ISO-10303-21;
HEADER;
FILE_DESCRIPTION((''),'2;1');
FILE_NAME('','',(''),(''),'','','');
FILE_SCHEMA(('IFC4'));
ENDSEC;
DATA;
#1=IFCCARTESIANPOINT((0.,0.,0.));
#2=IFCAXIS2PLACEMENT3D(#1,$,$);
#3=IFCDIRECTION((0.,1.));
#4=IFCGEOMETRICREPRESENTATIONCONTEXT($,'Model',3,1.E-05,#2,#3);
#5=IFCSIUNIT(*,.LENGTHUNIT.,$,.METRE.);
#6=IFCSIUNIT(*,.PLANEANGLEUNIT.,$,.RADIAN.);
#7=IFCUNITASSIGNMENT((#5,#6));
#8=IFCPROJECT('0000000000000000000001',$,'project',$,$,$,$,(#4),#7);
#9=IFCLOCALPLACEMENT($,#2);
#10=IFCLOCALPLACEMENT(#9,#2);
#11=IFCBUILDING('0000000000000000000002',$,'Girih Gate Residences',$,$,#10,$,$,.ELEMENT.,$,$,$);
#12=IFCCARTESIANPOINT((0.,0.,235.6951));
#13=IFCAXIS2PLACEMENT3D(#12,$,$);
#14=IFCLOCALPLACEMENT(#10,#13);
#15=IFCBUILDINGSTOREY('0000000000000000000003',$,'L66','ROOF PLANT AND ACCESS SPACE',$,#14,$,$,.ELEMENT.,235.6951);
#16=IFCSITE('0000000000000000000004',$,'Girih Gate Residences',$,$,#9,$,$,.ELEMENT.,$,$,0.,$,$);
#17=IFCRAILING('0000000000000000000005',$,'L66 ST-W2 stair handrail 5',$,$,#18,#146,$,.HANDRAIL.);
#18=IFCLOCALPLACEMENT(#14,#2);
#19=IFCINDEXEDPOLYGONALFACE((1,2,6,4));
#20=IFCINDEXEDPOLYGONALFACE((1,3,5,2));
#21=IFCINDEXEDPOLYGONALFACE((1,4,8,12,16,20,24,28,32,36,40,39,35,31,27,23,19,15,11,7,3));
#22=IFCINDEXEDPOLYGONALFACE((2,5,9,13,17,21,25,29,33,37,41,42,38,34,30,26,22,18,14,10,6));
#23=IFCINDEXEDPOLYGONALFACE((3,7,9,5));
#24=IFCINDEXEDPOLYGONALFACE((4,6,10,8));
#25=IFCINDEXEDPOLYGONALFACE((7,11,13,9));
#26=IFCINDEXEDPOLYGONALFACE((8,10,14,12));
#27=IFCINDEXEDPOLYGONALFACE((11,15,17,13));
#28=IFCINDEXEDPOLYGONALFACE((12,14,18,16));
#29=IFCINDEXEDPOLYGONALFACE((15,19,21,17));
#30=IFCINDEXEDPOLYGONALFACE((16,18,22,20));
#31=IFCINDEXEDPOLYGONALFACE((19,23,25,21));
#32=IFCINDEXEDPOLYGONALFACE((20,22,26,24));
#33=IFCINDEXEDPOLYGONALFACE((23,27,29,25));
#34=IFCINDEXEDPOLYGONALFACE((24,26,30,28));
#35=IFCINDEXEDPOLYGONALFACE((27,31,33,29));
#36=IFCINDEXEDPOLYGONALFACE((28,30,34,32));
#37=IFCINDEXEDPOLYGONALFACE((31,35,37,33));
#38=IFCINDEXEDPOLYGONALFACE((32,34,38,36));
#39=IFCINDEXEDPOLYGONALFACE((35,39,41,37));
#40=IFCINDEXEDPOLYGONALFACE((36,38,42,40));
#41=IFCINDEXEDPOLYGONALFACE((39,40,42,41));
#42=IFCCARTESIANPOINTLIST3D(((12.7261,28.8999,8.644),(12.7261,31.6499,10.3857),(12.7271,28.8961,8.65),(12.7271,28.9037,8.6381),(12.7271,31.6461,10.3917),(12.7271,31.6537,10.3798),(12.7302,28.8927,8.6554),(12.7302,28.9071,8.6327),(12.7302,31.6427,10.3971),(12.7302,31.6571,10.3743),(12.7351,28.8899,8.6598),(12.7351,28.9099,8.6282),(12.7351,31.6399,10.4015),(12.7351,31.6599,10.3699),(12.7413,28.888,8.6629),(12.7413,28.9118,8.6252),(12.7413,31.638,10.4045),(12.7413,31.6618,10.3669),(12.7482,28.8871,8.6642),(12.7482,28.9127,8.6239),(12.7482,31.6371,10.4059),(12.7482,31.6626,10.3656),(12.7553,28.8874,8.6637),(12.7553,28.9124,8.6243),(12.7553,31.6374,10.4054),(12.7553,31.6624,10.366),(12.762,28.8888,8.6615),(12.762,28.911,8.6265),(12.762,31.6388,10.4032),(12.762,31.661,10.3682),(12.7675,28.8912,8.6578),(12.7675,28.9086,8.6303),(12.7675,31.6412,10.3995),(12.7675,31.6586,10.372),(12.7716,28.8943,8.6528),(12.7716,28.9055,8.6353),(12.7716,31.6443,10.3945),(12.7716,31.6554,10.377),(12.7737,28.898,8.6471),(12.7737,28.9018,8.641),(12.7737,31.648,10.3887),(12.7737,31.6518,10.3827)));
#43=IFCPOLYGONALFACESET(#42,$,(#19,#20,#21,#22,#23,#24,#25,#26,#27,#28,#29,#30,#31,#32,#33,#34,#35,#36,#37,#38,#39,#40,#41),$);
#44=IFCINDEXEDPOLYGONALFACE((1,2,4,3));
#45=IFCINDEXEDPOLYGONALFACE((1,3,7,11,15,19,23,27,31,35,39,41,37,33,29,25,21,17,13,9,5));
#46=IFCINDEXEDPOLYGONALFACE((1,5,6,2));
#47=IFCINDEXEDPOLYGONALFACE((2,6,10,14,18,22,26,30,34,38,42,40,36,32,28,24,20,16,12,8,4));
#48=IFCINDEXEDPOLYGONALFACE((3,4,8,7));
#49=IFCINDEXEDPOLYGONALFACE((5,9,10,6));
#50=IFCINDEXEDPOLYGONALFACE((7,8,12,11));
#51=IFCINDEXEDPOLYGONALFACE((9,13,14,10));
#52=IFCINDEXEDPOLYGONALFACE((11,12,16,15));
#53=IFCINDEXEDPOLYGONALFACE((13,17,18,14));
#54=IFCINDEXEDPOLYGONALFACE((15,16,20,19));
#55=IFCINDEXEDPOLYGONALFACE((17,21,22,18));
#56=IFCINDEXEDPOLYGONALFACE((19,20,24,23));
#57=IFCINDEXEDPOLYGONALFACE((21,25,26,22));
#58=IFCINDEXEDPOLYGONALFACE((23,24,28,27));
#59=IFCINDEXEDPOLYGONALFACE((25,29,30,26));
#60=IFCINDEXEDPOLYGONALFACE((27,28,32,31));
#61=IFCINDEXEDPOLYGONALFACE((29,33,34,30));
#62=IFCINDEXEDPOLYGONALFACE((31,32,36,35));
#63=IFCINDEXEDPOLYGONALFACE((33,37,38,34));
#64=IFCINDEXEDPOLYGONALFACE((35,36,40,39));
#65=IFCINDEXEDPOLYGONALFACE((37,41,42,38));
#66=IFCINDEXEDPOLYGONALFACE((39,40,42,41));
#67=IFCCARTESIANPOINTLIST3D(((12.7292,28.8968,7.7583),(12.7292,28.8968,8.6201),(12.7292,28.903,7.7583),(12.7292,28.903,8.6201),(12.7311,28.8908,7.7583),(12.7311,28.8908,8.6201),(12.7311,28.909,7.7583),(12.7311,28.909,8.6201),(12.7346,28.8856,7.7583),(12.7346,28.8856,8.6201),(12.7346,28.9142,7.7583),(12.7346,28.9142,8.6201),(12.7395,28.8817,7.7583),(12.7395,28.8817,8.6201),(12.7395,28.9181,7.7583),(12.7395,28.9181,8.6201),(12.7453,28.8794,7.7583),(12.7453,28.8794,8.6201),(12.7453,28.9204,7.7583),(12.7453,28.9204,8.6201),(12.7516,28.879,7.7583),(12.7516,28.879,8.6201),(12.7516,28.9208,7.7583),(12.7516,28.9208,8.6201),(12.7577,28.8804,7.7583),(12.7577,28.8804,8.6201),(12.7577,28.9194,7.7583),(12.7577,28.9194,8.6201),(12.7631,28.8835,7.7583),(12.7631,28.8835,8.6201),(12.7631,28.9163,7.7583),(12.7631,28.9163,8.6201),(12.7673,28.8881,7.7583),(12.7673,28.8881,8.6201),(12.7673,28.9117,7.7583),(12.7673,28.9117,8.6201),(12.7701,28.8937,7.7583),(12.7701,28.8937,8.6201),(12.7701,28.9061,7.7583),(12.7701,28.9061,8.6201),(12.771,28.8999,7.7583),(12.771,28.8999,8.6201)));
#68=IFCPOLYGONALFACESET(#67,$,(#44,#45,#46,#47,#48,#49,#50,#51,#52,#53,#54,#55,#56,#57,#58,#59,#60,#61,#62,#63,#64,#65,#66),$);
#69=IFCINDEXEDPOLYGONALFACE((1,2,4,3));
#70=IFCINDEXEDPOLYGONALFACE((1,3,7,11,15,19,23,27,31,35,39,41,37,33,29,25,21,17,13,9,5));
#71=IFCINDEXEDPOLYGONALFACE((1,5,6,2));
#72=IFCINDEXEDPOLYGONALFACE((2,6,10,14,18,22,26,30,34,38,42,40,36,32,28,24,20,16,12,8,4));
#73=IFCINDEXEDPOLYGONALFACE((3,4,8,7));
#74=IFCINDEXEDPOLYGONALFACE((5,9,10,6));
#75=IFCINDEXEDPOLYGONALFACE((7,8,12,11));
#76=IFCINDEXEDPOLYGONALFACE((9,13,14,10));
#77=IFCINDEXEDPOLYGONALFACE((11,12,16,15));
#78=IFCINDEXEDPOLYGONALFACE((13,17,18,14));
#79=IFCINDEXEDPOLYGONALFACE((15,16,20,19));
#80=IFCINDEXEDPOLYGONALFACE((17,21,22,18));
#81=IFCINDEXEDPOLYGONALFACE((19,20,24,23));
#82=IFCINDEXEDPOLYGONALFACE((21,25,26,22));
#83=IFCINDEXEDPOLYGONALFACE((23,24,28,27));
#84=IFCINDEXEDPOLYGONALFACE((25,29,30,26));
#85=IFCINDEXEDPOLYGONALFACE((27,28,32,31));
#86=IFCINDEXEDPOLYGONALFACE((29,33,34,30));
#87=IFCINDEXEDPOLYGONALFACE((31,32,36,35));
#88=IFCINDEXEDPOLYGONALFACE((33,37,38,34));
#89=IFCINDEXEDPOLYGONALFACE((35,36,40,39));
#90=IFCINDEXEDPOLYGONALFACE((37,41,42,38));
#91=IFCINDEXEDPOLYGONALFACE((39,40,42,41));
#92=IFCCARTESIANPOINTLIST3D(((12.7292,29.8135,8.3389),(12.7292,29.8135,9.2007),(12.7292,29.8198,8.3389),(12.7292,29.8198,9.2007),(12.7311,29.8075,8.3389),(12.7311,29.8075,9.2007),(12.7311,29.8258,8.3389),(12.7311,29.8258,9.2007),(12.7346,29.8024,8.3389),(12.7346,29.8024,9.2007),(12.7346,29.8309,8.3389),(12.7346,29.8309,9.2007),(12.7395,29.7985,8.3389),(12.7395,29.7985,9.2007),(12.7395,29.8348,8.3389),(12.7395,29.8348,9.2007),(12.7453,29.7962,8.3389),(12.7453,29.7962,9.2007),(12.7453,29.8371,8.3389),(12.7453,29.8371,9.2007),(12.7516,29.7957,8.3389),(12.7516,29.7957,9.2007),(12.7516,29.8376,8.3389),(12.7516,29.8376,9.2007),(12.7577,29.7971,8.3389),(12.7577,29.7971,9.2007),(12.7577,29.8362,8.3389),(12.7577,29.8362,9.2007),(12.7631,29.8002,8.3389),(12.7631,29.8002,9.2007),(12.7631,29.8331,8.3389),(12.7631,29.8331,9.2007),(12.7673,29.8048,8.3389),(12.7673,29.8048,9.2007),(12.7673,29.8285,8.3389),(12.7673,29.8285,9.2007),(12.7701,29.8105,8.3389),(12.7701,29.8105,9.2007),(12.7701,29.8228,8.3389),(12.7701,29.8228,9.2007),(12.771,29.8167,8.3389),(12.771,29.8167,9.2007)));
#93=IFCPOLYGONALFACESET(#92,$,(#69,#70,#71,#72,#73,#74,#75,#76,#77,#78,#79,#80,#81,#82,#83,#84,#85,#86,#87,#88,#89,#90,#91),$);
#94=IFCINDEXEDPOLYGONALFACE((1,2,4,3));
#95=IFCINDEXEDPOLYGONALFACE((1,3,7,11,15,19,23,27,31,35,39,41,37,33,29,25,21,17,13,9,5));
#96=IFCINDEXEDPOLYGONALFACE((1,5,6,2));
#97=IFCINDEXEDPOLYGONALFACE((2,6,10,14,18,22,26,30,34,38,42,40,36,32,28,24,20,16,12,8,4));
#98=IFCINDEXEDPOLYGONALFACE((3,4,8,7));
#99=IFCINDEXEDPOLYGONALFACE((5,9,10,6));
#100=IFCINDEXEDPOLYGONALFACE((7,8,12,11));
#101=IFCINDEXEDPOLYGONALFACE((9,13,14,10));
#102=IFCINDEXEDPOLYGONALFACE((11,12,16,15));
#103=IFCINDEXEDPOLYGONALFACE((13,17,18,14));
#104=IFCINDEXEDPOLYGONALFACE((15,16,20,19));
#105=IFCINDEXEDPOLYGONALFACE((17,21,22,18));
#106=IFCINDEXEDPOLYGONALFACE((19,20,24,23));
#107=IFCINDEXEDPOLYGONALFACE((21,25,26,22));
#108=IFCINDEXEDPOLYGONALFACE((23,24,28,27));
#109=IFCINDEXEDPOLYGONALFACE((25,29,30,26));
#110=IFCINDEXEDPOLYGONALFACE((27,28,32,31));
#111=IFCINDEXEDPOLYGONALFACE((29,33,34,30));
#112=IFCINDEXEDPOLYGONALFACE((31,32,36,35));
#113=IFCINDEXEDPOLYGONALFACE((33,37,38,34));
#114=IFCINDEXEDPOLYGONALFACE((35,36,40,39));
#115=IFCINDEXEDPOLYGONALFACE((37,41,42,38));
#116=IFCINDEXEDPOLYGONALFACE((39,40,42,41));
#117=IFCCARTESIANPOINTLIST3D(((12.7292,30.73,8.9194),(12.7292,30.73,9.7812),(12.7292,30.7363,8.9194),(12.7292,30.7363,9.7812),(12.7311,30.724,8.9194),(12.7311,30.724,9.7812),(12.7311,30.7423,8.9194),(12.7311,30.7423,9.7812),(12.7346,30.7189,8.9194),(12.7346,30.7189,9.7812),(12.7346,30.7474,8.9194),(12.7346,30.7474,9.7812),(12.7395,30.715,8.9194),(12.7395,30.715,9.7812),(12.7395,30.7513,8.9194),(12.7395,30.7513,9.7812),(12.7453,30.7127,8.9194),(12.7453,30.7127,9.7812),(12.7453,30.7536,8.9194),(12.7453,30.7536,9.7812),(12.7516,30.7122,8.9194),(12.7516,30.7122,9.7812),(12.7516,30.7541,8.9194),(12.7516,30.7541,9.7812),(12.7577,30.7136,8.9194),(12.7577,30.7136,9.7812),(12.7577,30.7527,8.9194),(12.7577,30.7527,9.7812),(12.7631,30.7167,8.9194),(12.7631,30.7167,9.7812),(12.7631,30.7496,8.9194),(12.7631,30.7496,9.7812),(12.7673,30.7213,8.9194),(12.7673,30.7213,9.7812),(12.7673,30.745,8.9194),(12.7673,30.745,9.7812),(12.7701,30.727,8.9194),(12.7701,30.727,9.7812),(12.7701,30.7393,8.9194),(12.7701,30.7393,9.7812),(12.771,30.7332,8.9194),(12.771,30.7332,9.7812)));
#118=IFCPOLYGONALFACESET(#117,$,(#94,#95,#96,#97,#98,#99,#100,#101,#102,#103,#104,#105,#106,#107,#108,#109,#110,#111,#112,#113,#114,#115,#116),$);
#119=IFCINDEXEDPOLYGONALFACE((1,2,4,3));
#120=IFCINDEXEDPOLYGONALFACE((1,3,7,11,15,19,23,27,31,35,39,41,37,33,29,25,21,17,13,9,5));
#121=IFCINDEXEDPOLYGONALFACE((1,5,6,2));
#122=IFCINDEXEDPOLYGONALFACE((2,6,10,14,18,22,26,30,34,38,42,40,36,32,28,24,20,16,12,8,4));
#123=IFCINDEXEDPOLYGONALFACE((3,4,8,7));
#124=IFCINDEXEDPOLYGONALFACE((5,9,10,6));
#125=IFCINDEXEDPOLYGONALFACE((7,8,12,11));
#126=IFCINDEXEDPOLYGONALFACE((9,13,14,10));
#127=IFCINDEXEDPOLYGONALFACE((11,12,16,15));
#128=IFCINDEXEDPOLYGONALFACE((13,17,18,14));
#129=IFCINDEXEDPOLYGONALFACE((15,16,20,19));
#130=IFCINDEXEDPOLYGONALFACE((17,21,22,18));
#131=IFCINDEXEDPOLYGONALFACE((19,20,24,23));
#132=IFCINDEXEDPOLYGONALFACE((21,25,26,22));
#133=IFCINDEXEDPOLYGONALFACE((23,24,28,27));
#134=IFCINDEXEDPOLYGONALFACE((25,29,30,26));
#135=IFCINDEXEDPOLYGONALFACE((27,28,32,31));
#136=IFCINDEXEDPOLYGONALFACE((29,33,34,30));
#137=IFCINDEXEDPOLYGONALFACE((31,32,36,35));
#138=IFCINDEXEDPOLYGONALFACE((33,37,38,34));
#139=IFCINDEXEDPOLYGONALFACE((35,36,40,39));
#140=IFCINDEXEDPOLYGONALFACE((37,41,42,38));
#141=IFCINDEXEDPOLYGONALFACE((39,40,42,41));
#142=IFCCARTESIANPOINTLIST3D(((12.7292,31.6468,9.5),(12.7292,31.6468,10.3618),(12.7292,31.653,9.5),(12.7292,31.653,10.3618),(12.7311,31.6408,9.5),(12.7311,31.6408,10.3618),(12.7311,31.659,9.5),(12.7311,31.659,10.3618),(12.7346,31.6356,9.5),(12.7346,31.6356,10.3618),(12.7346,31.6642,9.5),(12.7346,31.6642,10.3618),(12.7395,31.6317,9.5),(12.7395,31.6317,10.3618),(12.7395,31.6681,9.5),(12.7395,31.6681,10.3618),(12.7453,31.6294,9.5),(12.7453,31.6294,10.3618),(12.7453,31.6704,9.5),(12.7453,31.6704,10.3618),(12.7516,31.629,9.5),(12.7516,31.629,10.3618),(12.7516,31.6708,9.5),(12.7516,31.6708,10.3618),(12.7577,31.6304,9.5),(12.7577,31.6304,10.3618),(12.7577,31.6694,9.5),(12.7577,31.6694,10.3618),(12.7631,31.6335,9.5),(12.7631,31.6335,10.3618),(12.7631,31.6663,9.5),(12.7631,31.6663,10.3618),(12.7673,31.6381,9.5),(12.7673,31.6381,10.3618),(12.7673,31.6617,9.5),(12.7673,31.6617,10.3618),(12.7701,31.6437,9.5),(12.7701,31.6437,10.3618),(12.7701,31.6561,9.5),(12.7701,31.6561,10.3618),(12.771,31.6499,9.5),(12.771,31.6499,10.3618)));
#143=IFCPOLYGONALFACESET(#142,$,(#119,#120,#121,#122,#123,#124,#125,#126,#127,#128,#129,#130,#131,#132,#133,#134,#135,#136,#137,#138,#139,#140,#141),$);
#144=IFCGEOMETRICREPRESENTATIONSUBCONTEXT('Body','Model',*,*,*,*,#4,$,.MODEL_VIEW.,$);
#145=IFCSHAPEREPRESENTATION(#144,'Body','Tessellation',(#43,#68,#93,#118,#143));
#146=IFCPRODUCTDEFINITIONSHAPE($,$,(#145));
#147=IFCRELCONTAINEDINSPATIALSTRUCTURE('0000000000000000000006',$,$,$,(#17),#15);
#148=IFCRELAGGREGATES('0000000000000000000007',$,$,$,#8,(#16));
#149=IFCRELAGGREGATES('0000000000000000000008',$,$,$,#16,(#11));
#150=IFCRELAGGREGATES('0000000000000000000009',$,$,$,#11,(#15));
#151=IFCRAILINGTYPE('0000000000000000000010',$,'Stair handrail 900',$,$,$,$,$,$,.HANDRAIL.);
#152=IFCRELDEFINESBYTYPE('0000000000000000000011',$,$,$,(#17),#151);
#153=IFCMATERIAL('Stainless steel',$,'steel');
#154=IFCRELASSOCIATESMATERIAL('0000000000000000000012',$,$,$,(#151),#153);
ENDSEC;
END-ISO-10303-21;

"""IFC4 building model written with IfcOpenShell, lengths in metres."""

from ifc_helpers import new_model, si_unit, direction, frame, origin, origin_2d, place, context, subcontext, project, spatial, circle, extrude, material, type_object, element, save


model = new_model("IFC4")

# Units and contexts
model_context = context("Model", 3, precision=1e-05, world=origin(), true_north=direction((0.0, 1.0)))
body_context = subcontext(model_context, "Body", "Model", "MODEL_VIEW")
ifc_project = project(units=[si_unit("LENGTHUNIT", "METRE"), si_unit("PLANEANGLEUNIT", "RADIAN")], contexts=[model_context])

# Site, building, storey
site_placement = place(None, origin())
site = spatial("IfcSite", under=ifc_project, at=site_placement, Name="Girih Gate Residences", CompositionType="ELEMENT", RefElevation=0.0)
building_placement = place(site_placement, origin())
building = spatial("IfcBuilding", under=site, at=building_placement, Name="Girih Gate Residences", CompositionType="ELEMENT")
storey_placement = place(building_placement, frame((0.0, 0.0, 235.6951)))
storey = spatial("IfcBuildingStorey", under=building, at=storey_placement, Name="L66", Description="ROOF PLANT AND ACCESS SPACE", CompositionType="ELEMENT", Elevation=235.6951)

# Railing
ifc_material_1 = material(Name="Stainless steel", Category="steel")
railing_type_1 = type_object("IfcRailingType", Name="Stair handrail 900", PredefinedType="HANDRAIL", material=ifc_material_1)
railing_1_placement = place(storey_placement, frame((12.75, 28.8999, 7.7583)))
element("IfcRailing", 1, at=railing_1_placement, inside=storey, type_object=railing_type_1, Name="L66 ST-W2 stair handrail 5", PredefinedType="HANDRAIL", context=body_context, shape_type="SweptSolid", body=[
    extrude(circle(Radius=0.0239, at=origin_2d()), frame((0.0, 0.0, 0.8857), z_axis=(0.0, 0.844815, 0.535059), x_axis=(-1.0, 0.0, 0.0)), (0.0, 0.0, 1.0), 3.2551),
    extrude(circle(Radius=0.021, at=origin_2d()), origin(), (0.0, 0.0, 1.0), 0.8618),
    extrude(circle(Radius=0.021, at=origin_2d()), frame((0.0, 0.9167, 0.5806)), (0.0, 0.0, 1.0), 0.8618),
    extrude(circle(Radius=0.021, at=origin_2d()), frame((0.0, 1.8333, 1.1611)), (0.0, 0.0, 1.0), 0.8618),
    extrude(circle(Radius=0.021, at=origin_2d()), frame((0.0, 2.75, 1.7417)), (0.0, 0.0, 1.0), 0.8618),
])

save(model, "model.ifc")
